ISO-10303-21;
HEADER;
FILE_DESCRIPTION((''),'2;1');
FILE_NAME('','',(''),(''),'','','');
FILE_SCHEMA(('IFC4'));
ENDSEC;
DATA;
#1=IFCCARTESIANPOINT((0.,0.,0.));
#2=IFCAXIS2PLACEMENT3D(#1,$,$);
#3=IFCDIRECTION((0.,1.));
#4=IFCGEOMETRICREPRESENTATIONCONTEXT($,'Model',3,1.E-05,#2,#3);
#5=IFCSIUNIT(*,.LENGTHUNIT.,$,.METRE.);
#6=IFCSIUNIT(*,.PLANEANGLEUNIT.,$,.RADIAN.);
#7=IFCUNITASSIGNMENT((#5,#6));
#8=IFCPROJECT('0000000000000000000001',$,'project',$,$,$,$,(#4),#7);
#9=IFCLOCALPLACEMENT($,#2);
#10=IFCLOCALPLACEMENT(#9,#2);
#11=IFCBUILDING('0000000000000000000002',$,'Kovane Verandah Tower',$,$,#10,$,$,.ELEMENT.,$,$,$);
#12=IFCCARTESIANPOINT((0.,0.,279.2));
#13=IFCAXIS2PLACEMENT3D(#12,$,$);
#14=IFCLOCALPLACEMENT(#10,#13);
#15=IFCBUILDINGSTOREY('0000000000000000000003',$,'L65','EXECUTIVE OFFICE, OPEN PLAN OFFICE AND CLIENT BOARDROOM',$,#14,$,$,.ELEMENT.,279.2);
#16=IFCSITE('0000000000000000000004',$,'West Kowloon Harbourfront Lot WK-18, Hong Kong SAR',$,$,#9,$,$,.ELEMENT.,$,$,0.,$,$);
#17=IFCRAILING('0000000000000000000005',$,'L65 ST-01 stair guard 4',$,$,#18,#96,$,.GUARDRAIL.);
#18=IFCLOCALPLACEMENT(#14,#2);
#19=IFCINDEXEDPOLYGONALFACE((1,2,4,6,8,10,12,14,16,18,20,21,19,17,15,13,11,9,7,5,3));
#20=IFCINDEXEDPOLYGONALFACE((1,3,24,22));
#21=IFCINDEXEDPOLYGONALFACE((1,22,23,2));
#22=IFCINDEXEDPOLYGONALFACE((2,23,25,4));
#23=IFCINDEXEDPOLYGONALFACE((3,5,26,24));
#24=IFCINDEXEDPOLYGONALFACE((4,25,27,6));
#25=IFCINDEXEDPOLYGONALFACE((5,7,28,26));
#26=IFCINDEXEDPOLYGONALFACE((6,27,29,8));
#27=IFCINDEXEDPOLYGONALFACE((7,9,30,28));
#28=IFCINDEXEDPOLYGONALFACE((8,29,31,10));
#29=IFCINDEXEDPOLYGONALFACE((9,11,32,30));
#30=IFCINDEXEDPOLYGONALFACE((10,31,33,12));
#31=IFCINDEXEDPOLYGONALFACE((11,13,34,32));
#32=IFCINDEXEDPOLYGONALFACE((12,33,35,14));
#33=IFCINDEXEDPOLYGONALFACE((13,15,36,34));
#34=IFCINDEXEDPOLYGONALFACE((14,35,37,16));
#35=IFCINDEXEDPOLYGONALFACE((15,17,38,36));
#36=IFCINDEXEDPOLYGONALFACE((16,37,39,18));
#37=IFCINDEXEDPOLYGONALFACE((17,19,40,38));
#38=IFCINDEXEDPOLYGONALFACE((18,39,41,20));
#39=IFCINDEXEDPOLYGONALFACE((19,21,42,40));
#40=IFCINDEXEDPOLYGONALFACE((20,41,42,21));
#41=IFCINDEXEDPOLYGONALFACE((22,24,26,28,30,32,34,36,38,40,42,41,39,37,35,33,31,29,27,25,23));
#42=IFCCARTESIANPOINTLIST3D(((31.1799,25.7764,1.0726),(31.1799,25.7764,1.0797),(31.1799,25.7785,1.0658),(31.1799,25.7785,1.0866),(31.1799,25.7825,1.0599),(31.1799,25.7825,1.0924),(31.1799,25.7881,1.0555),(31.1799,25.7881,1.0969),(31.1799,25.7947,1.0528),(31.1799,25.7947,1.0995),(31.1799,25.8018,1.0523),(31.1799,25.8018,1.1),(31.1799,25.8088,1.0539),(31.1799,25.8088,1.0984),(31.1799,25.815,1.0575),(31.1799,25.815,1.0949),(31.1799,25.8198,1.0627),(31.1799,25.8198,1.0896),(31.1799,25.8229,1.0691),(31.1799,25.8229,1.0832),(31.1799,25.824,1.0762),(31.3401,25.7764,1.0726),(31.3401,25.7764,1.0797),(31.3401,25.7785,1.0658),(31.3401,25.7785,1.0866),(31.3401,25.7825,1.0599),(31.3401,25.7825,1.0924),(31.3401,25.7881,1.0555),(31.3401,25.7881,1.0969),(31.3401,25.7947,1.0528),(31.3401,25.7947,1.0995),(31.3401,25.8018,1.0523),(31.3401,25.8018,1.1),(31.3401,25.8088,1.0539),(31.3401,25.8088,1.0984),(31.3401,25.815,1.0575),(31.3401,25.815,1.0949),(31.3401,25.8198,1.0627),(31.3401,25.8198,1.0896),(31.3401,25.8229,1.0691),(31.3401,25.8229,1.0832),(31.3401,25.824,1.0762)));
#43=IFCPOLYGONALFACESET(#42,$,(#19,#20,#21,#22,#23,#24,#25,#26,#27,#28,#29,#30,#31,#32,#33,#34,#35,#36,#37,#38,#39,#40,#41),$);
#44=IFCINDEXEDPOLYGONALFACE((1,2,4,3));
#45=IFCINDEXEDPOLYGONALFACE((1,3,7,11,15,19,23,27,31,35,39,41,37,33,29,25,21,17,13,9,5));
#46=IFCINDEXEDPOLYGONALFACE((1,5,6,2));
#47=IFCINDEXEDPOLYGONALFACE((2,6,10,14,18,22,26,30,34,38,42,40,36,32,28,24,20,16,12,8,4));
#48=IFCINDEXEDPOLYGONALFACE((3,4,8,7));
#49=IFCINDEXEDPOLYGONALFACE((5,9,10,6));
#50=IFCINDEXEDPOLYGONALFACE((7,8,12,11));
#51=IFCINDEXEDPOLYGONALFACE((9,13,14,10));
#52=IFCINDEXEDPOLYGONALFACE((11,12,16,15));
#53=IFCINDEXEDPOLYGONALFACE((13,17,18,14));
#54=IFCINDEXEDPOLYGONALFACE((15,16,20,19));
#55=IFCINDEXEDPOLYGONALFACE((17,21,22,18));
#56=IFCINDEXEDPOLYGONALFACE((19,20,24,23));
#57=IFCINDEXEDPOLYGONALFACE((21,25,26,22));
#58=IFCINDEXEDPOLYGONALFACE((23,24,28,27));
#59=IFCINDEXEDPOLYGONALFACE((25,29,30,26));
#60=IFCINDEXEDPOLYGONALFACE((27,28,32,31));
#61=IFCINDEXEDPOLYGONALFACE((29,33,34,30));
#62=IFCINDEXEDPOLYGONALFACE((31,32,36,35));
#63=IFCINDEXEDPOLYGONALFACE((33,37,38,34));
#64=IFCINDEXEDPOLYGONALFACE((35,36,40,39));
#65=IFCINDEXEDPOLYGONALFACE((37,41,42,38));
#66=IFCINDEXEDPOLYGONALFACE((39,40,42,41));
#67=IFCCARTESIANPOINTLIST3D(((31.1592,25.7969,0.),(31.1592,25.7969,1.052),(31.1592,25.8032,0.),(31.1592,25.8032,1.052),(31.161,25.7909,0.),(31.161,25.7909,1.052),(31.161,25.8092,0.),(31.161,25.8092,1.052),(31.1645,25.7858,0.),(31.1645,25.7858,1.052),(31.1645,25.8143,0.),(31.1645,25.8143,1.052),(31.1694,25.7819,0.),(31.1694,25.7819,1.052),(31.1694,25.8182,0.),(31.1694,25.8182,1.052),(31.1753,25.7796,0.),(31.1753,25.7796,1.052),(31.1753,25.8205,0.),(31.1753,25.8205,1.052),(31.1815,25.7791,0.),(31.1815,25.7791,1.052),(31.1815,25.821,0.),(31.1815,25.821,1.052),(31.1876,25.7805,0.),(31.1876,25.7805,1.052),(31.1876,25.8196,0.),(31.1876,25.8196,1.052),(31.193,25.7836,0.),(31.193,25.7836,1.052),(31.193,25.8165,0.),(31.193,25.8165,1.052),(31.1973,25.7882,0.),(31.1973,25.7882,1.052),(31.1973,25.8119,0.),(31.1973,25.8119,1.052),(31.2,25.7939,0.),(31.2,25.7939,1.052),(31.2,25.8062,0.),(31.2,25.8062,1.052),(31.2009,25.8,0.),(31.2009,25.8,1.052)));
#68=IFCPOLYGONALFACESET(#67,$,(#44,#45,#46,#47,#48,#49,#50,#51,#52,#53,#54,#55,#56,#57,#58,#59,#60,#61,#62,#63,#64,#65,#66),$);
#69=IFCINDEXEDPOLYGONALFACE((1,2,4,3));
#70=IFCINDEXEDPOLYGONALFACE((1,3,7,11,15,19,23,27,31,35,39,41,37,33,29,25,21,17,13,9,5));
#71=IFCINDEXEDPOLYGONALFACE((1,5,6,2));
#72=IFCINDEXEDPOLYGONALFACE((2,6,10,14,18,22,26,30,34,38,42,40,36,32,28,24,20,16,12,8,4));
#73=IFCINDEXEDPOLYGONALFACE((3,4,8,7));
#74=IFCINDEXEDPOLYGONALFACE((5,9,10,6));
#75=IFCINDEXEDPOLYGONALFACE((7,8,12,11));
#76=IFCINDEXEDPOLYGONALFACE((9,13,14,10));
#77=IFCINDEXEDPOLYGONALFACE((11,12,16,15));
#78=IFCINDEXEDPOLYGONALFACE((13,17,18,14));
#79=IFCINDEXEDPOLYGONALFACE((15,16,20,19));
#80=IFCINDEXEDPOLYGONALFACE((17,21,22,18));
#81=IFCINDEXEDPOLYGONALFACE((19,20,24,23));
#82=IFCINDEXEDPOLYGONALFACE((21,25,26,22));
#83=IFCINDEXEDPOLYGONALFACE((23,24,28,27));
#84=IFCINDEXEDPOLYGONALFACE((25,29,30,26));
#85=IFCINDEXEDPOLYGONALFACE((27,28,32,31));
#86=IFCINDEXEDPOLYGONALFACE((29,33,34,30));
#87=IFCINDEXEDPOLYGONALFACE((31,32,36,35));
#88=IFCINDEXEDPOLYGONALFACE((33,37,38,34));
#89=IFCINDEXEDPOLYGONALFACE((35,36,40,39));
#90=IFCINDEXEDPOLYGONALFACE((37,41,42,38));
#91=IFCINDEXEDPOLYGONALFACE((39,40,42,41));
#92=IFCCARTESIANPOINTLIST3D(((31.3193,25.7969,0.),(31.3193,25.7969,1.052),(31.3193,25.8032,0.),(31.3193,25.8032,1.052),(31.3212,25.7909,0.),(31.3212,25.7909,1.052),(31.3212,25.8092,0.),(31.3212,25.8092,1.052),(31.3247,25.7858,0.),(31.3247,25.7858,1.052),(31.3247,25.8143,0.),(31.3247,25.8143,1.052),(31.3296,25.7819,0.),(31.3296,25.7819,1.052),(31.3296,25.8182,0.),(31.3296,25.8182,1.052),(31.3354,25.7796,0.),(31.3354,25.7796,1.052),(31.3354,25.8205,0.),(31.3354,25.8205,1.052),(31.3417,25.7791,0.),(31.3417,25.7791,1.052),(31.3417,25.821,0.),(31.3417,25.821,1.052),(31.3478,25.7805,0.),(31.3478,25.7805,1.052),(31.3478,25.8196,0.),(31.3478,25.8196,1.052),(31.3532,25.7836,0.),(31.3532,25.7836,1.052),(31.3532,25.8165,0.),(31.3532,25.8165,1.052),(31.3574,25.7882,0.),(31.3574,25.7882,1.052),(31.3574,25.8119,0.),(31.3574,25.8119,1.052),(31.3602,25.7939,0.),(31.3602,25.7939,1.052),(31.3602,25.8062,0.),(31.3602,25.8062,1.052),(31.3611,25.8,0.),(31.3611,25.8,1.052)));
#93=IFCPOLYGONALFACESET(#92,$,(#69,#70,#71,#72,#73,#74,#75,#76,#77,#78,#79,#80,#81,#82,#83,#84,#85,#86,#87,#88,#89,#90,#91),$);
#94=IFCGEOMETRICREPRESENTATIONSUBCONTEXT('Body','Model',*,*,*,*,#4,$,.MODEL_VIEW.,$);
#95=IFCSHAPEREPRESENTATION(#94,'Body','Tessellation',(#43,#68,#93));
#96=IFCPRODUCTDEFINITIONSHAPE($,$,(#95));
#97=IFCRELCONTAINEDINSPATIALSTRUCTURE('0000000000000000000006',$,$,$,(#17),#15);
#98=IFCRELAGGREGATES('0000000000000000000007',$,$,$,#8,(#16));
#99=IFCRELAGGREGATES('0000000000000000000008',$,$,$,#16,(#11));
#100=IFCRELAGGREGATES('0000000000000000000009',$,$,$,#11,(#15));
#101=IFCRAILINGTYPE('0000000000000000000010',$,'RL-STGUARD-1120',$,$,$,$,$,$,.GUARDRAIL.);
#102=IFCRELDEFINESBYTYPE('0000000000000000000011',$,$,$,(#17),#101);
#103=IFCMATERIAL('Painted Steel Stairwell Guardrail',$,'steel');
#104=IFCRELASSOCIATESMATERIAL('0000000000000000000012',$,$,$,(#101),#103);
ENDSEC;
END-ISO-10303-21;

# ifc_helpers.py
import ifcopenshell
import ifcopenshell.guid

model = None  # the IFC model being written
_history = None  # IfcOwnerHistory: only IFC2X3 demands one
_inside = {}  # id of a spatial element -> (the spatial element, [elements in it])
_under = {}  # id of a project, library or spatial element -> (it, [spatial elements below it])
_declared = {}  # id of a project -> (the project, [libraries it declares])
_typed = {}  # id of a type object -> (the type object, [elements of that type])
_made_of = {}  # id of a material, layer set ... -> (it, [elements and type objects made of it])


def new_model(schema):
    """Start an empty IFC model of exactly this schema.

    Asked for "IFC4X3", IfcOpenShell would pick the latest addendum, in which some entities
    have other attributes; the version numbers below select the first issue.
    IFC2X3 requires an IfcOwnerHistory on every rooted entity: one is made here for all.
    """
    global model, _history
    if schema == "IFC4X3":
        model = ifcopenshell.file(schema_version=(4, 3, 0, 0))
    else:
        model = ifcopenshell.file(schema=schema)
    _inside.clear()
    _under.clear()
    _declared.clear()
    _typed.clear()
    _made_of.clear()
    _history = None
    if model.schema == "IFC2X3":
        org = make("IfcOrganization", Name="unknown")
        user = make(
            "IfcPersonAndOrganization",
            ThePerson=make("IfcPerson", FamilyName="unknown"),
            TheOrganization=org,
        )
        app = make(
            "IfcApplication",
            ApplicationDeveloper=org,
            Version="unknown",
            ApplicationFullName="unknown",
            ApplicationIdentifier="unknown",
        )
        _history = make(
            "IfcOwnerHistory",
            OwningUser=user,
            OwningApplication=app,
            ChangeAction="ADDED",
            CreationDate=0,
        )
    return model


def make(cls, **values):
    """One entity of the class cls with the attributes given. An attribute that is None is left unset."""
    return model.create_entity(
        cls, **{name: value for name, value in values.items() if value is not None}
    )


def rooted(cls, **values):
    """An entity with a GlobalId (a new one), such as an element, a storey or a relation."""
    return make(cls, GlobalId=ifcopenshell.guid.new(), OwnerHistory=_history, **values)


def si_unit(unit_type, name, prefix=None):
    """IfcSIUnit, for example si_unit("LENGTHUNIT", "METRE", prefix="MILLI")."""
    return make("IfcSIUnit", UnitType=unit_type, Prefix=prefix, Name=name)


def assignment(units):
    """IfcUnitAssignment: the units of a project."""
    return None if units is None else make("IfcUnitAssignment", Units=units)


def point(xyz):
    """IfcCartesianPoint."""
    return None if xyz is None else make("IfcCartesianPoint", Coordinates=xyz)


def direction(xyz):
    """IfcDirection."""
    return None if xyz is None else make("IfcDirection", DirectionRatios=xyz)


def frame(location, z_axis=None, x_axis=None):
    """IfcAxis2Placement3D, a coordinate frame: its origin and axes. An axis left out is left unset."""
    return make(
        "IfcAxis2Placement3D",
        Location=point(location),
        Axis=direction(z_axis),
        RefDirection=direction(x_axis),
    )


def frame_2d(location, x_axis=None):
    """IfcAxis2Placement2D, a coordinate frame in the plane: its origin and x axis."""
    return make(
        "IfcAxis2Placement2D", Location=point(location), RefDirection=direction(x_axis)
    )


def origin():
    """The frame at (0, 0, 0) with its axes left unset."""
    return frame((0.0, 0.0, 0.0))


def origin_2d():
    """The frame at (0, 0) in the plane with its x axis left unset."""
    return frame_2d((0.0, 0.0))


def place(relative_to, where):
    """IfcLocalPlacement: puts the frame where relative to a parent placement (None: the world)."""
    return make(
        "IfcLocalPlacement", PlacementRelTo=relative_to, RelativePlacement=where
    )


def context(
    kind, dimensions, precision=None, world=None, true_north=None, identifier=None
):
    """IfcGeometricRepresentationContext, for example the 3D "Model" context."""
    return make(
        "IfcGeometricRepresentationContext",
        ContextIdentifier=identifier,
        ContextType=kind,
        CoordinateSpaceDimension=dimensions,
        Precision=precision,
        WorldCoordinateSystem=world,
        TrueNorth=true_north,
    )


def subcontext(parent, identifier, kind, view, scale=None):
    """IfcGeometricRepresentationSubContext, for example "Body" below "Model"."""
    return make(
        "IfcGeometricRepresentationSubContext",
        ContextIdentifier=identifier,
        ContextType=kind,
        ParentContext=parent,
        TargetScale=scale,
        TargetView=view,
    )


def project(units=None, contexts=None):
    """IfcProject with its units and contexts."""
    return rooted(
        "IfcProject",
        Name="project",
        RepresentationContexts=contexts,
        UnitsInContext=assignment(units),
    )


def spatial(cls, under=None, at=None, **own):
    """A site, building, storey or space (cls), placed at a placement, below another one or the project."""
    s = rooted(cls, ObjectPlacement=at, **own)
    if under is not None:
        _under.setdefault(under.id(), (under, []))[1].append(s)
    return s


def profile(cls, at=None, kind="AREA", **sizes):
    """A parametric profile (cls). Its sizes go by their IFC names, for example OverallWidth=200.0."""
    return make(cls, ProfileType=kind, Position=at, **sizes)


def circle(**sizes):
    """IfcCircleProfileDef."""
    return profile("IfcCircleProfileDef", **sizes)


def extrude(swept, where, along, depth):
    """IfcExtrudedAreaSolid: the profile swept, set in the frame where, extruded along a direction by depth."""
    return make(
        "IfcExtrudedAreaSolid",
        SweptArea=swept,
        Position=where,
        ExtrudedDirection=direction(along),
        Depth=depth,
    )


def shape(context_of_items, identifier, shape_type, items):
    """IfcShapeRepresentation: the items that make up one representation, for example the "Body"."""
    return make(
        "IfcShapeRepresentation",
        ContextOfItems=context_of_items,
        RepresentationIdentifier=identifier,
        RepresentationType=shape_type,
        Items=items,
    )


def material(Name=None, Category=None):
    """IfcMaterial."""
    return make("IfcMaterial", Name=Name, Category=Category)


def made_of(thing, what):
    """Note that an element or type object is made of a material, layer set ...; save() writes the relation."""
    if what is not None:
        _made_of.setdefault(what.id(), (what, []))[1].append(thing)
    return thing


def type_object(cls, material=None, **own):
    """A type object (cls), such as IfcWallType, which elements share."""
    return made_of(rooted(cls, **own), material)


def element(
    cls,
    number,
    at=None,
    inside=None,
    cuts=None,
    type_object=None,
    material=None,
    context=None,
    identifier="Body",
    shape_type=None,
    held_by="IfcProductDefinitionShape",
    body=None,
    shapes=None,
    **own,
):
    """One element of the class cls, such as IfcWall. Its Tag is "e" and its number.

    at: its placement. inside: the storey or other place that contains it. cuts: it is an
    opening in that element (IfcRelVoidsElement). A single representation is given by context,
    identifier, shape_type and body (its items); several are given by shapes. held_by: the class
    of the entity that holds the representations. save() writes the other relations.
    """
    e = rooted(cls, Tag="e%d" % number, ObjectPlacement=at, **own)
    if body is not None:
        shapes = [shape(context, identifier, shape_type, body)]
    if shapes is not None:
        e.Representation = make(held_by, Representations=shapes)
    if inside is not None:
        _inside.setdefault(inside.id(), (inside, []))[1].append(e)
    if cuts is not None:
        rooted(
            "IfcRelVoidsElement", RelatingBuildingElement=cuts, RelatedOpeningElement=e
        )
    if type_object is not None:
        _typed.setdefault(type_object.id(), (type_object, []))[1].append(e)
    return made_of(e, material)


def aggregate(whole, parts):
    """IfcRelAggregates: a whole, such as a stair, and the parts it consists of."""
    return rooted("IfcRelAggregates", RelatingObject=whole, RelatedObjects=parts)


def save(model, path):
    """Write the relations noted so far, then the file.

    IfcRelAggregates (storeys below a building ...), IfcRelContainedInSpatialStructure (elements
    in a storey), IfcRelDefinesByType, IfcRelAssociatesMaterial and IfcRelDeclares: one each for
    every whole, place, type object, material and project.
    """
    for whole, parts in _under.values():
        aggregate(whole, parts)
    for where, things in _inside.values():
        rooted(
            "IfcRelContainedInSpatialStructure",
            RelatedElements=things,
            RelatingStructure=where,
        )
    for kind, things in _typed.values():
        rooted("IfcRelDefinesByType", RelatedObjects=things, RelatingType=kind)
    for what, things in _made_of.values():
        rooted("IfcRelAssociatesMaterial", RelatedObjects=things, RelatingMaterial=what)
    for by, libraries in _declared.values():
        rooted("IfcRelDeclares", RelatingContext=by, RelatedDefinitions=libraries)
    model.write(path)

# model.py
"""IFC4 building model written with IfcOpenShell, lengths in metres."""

from ifc_helpers import new_model, si_unit, direction, frame, origin, origin_2d, place, context, subcontext, project, spatial, circle, extrude, material, type_object, element, save


model = new_model("IFC4")

# Units and contexts
model_context = context("Model", 3, precision=1e-05, world=origin(), true_north=direction((0.0, 1.0)))
body_context = subcontext(model_context, "Body", "Model", "MODEL_VIEW")
ifc_project = project(units=[si_unit("LENGTHUNIT", "METRE"), si_unit("PLANEANGLEUNIT", "RADIAN")], contexts=[model_context])

# Site, building, storey
site_placement = place(None, origin())
site = spatial("IfcSite", under=ifc_project, at=site_placement, Name="West Kowloon Harbourfront Lot WK-18, Hong Kong SAR", CompositionType="ELEMENT", RefElevation=0.0)
building_placement = place(site_placement, origin())
building = spatial("IfcBuilding", under=site, at=building_placement, Name="Kovane Verandah Tower", CompositionType="ELEMENT")
storey_placement = place(building_placement, frame((0.0, 0.0, 279.2)))
storey = spatial("IfcBuildingStorey", under=building, at=storey_placement, Name="L65", Description="EXECUTIVE OFFICE, OPEN PLAN OFFICE AND CLIENT BOARDROOM", CompositionType="ELEMENT", Elevation=279.2)

# Railing
ifc_material_1 = material(Name="Painted Steel Stairwell Guardrail", Category="steel")
railing_type_1 = type_object("IfcRailingType", Name="RL-STGUARD-1120", PredefinedType="GUARDRAIL", material=ifc_material_1)
railing_1_placement = place(storey_placement, frame((31.1799, 25.8, 0.0)))
element("IfcRailing", 1, at=railing_1_placement, inside=storey, type_object=railing_type_1, Name="L65 ST-01 stair guard 4", PredefinedType="GUARDRAIL", context=body_context, shape_type="SweptSolid", body=[
    extrude(circle(Radius=0.0239, at=origin_2d()), frame((0.0, 0.0, 1.0762), z_axis=(1.0, 0.0, 0.0), x_axis=(0.0, 1.0, 0.0)), (0.0, 0.0, 1.0), 0.1602),
    extrude(circle(Radius=0.021, at=origin_2d()), origin(), (0.0, 0.0, 1.0), 1.052),
    extrude(circle(Radius=0.021, at=origin_2d()), frame((0.1602, 0.0, 0.0)), (0.0, 0.0, 1.0), 1.052),
])

save(model, "model.ifc")
